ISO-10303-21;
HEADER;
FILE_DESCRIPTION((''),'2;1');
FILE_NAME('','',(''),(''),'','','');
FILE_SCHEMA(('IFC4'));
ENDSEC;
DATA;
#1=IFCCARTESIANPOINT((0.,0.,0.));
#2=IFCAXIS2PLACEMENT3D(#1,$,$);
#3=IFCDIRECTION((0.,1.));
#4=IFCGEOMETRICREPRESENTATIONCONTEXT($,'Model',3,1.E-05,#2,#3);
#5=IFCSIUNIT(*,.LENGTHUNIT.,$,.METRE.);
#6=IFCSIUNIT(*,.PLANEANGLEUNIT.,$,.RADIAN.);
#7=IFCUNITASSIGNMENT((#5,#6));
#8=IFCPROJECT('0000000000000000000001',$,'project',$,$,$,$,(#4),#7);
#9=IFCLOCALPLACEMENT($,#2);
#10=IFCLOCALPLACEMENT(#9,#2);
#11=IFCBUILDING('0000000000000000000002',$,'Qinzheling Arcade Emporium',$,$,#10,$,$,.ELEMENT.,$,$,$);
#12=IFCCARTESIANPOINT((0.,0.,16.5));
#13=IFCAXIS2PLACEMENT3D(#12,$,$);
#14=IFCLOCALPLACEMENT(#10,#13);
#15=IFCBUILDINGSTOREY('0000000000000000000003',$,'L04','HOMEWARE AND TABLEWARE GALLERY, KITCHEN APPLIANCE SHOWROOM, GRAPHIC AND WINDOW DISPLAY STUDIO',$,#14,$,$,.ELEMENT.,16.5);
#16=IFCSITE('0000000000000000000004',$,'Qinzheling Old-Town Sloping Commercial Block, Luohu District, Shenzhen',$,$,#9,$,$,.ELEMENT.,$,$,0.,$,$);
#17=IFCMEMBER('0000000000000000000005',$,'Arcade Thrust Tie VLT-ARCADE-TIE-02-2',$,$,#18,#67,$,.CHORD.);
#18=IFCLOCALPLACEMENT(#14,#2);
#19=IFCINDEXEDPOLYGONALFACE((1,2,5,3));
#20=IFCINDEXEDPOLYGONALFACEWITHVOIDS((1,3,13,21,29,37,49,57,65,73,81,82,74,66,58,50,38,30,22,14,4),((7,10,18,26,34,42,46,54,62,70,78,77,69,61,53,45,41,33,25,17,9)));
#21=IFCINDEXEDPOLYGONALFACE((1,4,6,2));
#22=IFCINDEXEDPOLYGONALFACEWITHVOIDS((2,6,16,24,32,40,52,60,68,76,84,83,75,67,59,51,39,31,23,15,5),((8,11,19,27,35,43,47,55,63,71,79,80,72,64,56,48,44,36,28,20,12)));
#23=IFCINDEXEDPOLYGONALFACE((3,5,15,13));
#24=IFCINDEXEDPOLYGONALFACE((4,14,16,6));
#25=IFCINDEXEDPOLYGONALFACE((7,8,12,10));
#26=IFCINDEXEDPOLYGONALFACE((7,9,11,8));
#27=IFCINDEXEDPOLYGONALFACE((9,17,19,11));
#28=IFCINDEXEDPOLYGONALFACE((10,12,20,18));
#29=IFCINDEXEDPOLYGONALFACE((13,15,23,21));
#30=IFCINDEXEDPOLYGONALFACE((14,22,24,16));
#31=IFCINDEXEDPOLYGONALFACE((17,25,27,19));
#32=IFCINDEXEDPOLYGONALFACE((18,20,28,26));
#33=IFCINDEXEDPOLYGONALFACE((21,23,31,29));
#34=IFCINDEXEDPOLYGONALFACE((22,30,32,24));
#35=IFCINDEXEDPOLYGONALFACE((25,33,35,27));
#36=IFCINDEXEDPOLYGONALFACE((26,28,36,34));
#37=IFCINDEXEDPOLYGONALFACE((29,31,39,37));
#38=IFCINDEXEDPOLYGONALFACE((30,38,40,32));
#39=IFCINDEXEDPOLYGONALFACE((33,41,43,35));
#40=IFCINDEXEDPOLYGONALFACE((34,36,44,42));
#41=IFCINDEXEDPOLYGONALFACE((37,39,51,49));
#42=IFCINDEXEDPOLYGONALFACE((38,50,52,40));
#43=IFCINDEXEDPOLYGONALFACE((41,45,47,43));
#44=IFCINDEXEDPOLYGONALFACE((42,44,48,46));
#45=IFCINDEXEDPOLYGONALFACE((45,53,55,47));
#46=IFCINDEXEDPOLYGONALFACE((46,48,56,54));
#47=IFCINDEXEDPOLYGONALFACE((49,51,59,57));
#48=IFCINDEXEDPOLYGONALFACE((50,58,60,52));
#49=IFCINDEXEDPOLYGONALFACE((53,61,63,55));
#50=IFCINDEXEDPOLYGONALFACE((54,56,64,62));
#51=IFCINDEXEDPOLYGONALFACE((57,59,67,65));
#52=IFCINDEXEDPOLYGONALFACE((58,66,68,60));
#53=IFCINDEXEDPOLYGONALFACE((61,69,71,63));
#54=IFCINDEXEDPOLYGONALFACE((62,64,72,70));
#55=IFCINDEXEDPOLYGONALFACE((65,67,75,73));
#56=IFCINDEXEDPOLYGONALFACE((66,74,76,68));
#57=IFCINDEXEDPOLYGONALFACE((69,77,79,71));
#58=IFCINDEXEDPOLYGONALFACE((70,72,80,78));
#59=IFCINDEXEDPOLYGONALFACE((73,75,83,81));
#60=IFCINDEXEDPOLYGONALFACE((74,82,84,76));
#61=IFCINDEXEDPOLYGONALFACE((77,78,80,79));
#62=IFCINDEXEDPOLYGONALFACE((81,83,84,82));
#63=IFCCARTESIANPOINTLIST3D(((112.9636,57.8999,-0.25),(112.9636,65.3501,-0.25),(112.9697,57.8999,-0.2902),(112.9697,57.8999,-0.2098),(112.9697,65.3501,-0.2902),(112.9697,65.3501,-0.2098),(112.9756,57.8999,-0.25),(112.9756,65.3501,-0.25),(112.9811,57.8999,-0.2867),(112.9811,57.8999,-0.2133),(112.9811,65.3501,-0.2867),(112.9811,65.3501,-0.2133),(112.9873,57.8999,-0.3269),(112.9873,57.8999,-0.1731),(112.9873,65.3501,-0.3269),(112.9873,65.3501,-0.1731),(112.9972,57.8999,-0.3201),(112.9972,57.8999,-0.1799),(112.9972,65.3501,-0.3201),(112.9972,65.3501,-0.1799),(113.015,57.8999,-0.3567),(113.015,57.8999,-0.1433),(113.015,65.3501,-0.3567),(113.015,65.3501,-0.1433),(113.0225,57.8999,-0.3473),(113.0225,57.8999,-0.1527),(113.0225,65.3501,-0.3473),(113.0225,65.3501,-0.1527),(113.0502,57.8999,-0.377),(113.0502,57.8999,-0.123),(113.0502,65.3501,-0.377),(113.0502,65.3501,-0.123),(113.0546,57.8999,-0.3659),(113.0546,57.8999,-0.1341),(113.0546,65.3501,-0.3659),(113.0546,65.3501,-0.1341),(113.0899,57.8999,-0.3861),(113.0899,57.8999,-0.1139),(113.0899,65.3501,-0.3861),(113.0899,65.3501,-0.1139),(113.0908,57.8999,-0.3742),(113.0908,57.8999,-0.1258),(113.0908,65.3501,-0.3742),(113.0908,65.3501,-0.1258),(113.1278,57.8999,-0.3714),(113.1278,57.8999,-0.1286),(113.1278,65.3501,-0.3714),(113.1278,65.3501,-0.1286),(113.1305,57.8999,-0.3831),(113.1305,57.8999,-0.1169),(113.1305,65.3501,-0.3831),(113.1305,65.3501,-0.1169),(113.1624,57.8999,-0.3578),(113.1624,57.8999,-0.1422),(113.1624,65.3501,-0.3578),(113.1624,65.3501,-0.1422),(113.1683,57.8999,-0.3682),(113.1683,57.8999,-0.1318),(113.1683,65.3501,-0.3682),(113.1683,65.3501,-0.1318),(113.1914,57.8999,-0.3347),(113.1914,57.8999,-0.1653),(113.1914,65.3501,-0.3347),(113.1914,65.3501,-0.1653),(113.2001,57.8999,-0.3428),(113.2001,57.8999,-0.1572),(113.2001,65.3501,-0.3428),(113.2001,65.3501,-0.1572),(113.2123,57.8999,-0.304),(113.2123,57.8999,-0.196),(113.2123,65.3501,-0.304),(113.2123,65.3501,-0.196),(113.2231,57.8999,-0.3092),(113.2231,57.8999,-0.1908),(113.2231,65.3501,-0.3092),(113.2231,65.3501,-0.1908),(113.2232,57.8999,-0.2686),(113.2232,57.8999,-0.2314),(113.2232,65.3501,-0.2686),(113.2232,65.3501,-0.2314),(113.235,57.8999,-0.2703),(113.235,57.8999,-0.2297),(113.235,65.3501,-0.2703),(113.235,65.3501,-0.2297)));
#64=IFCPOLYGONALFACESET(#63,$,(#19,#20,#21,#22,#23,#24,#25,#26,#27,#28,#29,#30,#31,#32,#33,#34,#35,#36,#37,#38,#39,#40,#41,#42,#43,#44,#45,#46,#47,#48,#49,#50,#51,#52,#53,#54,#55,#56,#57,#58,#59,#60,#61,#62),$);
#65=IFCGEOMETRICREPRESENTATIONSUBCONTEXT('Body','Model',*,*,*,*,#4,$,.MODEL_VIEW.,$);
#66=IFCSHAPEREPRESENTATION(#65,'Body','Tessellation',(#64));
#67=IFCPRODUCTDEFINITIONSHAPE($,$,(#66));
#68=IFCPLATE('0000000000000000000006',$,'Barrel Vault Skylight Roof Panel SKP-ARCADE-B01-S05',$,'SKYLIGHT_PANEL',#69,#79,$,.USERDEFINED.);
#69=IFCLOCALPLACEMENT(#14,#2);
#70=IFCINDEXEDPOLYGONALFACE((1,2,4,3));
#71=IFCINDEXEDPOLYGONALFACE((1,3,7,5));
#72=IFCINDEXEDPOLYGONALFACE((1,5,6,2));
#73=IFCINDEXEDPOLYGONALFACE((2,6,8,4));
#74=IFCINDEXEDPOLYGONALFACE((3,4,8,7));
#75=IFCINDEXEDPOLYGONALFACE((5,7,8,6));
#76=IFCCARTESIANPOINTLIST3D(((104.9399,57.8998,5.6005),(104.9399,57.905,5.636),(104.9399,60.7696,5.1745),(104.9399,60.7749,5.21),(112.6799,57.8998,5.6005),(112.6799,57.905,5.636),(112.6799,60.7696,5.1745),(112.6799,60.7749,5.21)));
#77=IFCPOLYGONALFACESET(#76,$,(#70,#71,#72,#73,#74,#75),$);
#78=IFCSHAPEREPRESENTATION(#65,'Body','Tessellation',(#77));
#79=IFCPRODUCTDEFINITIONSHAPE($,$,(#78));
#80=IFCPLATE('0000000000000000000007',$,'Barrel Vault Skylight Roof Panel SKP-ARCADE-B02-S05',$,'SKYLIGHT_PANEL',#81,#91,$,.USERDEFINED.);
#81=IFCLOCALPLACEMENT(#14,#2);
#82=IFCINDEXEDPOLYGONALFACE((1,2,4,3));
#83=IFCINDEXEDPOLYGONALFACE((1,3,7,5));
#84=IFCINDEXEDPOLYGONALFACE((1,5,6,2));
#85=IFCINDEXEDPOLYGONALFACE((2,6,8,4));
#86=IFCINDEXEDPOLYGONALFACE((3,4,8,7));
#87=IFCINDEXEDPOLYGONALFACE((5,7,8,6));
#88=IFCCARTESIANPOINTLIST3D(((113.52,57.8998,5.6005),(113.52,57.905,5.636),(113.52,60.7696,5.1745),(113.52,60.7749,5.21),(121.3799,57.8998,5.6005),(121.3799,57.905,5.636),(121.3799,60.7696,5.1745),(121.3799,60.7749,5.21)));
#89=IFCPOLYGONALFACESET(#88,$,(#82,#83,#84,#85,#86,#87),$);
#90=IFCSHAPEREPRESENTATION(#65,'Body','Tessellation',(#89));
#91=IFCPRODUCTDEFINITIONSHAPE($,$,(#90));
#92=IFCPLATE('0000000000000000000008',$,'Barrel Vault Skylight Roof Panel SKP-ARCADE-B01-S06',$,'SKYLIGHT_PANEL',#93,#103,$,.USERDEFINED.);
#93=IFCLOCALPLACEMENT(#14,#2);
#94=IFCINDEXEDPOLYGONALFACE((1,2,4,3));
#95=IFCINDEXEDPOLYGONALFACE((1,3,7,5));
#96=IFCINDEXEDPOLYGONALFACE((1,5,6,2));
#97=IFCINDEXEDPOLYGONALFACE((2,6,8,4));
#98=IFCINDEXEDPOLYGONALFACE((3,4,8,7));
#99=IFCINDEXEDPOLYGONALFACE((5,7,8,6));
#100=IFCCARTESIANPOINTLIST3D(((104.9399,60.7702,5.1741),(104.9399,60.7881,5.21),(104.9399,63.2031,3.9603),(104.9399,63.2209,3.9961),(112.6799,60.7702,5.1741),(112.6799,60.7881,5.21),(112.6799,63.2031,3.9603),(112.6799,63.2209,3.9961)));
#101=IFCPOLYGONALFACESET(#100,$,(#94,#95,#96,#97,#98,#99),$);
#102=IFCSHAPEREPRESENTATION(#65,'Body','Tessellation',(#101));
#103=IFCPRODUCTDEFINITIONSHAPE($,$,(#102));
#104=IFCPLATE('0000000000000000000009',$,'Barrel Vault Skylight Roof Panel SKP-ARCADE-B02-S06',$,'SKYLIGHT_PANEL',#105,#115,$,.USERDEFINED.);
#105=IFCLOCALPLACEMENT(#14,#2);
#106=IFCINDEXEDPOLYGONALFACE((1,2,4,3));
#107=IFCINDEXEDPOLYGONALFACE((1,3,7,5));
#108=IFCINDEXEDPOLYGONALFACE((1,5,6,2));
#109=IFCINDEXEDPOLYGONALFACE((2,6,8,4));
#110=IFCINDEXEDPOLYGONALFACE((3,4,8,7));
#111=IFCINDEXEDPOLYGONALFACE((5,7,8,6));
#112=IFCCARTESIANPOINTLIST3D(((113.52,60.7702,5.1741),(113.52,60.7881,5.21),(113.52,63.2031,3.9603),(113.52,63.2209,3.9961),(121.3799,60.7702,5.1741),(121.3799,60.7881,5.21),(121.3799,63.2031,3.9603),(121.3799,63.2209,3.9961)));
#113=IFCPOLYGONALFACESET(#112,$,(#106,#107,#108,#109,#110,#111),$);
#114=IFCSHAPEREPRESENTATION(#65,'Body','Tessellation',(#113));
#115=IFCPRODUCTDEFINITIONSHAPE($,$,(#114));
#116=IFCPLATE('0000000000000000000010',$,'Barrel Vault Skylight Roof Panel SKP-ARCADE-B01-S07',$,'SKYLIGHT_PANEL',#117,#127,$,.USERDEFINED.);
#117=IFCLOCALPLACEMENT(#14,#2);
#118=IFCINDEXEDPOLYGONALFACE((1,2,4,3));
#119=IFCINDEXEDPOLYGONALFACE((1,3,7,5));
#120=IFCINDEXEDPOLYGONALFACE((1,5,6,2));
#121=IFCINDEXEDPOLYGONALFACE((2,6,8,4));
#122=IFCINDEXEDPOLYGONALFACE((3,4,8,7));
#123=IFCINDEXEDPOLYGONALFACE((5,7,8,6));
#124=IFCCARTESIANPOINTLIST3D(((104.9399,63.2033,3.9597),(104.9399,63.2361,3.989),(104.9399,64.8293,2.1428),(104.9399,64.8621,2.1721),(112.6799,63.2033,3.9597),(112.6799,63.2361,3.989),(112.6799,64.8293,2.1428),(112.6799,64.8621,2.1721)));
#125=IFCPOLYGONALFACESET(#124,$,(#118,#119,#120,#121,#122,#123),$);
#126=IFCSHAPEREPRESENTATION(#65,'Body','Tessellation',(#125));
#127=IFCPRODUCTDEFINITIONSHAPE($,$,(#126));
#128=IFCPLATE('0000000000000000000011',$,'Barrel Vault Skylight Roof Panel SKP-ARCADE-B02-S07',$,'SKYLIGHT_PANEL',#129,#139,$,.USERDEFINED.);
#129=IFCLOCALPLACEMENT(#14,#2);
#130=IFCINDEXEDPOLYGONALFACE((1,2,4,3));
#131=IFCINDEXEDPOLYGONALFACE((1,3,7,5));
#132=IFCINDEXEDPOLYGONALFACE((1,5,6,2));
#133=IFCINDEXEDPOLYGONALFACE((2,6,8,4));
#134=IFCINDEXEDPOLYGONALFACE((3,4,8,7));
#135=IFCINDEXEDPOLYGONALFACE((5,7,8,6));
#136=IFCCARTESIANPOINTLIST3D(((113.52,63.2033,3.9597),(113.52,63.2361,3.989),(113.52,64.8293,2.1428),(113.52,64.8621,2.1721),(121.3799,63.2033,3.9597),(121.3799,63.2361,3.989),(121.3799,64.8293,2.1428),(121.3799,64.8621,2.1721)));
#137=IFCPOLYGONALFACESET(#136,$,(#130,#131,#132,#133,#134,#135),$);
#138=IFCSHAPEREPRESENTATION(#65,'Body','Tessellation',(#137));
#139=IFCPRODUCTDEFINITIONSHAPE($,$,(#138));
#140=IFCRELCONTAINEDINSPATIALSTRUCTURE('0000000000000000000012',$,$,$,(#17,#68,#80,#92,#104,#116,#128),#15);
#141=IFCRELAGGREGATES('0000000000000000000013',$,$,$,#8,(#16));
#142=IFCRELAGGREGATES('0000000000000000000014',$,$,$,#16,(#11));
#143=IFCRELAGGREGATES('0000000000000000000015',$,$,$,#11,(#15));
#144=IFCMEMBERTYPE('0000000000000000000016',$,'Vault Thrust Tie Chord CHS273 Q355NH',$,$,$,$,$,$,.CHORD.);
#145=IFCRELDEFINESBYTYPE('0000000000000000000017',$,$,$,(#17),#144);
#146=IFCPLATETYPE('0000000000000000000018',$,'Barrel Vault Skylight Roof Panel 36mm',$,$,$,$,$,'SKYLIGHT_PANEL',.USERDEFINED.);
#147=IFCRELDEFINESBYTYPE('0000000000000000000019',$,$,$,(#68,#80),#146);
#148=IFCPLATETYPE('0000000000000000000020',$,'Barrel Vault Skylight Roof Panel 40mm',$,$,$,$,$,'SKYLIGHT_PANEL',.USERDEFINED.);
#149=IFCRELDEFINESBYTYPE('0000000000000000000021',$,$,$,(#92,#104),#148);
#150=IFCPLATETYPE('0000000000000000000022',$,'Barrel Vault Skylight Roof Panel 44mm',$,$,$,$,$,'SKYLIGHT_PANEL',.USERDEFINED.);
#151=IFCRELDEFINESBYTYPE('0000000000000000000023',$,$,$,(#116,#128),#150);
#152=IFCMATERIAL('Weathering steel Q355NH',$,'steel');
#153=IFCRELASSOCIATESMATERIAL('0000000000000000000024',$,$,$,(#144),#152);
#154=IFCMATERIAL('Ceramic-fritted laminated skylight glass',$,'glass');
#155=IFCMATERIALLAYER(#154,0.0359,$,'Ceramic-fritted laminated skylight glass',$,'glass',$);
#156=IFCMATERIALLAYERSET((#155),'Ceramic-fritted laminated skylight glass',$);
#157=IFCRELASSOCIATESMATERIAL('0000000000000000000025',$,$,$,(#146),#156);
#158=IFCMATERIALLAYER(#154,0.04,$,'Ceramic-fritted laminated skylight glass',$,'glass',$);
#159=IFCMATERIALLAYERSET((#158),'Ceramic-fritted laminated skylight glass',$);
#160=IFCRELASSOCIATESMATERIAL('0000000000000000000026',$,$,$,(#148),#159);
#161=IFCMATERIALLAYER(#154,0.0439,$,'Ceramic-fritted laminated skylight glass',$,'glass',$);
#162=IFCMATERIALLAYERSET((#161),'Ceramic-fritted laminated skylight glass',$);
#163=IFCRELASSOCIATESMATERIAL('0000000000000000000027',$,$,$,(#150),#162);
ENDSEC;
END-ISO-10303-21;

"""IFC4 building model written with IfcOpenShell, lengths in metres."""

from ifc_helpers import new_model, si_unit, direction, frame, origin, origin_2d, place, context, subcontext, project, spatial, polyline, hollow_circle, outline, extrude, material, layer, layer_set, material_profile, profile_set, type_object, element, save


model = new_model("IFC4")

# Units and contexts
model_context = context("Model", 3, precision=1e-05, world=origin(), true_north=direction((0.0, 1.0)))
body_context = subcontext(model_context, "Body", "Model", "MODEL_VIEW")
ifc_project = project(units=[si_unit("LENGTHUNIT", "METRE"), si_unit("PLANEANGLEUNIT", "RADIAN")], contexts=[model_context])

# Site, building, storey
site_placement = place(None, origin())
site = spatial("IfcSite", under=ifc_project, at=site_placement, Name="Qinzheling Old-Town Sloping Commercial Block, Luohu District, Shenzhen", CompositionType="ELEMENT", RefElevation=0.0)
building_placement = place(site_placement, origin())
building = spatial("IfcBuilding", under=site, at=building_placement, Name="Qinzheling Arcade Emporium", CompositionType="ELEMENT")
storey_placement = place(building_placement, frame((0.0, 0.0, 16.5)))
storey = spatial("IfcBuildingStorey", under=building, at=storey_placement, Name="L04", Description="HOMEWARE AND TABLEWARE GALLERY, KITCHEN APPLIANCE SHOWROOM, GRAPHIC AND WINDOW DISPLAY STUDIO", CompositionType="ELEMENT", Elevation=16.5)

# Shared definitions
ifc_material_1 = material(Name="Weathering steel Q355NH", Category="steel")

# Member
ifc_material_profile_1 = material_profile(ifc_material_1, hollow_circle(Radius=0.1365, WallThickness=0.012, at=origin_2d()), Name="CHS 273x12", Category="steel")
ifc_profile_set_1 = profile_set([ifc_material_profile_1], Name="Weathering steel Q355NH")
member_type_1 = type_object("IfcMemberType", Name="Vault Thrust Tie Chord CHS273 Q355NH", PredefinedType="CHORD", material=ifc_profile_set_1)
member_1_placement = place(storey_placement, frame((113.1001, 57.8999, -0.25), z_axis=(0.0, 1.0, 0.0), x_axis=(-1.0, 0.0, 0.0)))
element("IfcMember", 1, at=member_1_placement, inside=storey, type_object=member_type_1, Name="Arcade Thrust Tie VLT-ARCADE-TIE-02-2", PredefinedType="CHORD", context=body_context, shape_type="SweptSolid", body=[
    extrude(hollow_circle(Radius=0.1365, WallThickness=0.012, at=origin_2d()), origin(), (0.0, 0.0, 1.0), 7.4502),
])

# Plates
ifc_material_2 = material(Name="Ceramic-fritted laminated skylight glass", Category="glass")
ifc_layer_1 = layer(ifc_material_2, 0.0359, Name="Ceramic-fritted laminated skylight glass", Category="glass")
ifc_layer_set_1 = layer_set([ifc_layer_1], Name="Ceramic-fritted laminated skylight glass")
plate_type_1 = type_object("IfcPlateType", Name="Barrel Vault Skylight Roof Panel 36mm", ElementType="SKYLIGHT_PANEL", PredefinedType="USERDEFINED", material=ifc_layer_set_1)
plate_1_placement = place(storey_placement, frame((104.9399, 57.905, 5.636), z_axis=(0.0, 0.146838, 0.98916), x_axis=(1.0, 0.0, 0.0)))
element("IfcPlate", 2, at=plate_1_placement, inside=storey, type_object=plate_type_1, Name="Barrel Vault Skylight Roof Panel SKP-ARCADE-B01-S05", ObjectType="SKYLIGHT_PANEL", PredefinedType="USERDEFINED", context=body_context, shape_type="SweptSolid", body=[
    extrude(outline(polyline([(0.0, 0.0), (7.74, 0.0), (7.74, 2.9013), (0.0, 2.9013), (0.0, 0.0)])), origin(), (0.0, 0.0, -1.0), 0.0359),
])
plate_2_placement = place(storey_placement, frame((113.52, 57.905, 5.636), z_axis=(0.0, 0.146838, 0.98916), x_axis=(1.0, 0.0, 0.0)))
element("IfcPlate", 3, at=plate_2_placement, inside=storey, type_object=plate_type_1, Name="Barrel Vault Skylight Roof Panel SKP-ARCADE-B02-S05", ObjectType="SKYLIGHT_PANEL", PredefinedType="USERDEFINED", context=body_context, shape_type="SweptSolid", body=[
    extrude(outline(polyline([(0.0, 0.0), (7.8599, 0.0), (7.8599, 2.9013), (0.0, 2.9013), (0.0, 0.0)])), origin(), (0.0, 0.0, -1.0), 0.0359),
])
ifc_layer_2 = layer(ifc_material_2, 0.04, Name="Ceramic-fritted laminated skylight glass", Category="glass")
ifc_layer_set_2 = layer_set([ifc_layer_2], Name="Ceramic-fritted laminated skylight glass")
plate_type_2 = type_object("IfcPlateType", Name="Barrel Vault Skylight Roof Panel 40mm", ElementType="SKYLIGHT_PANEL", PredefinedType="USERDEFINED", material=ifc_layer_set_2)
plate_3_placement = place(storey_placement, frame((104.9399, 60.7881, 5.21), z_axis=(0.0, 0.446459, 0.894804), x_axis=(1.0, 0.0, 0.0)))
element("IfcPlate", 4, at=plate_3_placement, inside=storey, type_object=plate_type_2, Name="Barrel Vault Skylight Roof Panel SKP-ARCADE-B01-S06", ObjectType="SKYLIGHT_PANEL", PredefinedType="USERDEFINED", context=body_context, shape_type="SweptSolid", body=[
    extrude(outline(polyline([(0.0, 0.0), (7.74, 0.0), (7.74, 2.7189), (0.0, 2.7189), (0.0, 0.0)])), origin(), (0.0, 0.0, -1.0), 0.04),
])
plate_4_placement = place(storey_placement, frame((113.52, 60.7881, 5.21), z_axis=(0.0, 0.446459, 0.894804), x_axis=(1.0, 0.0, 0.0)))
element("IfcPlate", 5, at=plate_4_placement, inside=storey, type_object=plate_type_2, Name="Barrel Vault Skylight Roof Panel SKP-ARCADE-B02-S06", ObjectType="SKYLIGHT_PANEL", PredefinedType="USERDEFINED", context=body_context, shape_type="SweptSolid", body=[
    extrude(outline(polyline([(0.0, 0.0), (7.8599, 0.0), (7.8599, 2.7189), (0.0, 2.7189), (0.0, 0.0)])), origin(), (0.0, 0.0, -1.0), 0.04),
])
ifc_layer_3 = layer(ifc_material_2, 0.0439, Name="Ceramic-fritted laminated skylight glass", Category="glass")
ifc_layer_set_3 = layer_set([ifc_layer_3], Name="Ceramic-fritted laminated skylight glass")
plate_type_3 = type_object("IfcPlateType", Name="Barrel Vault Skylight Roof Panel 44mm", ElementType="SKYLIGHT_PANEL", PredefinedType="USERDEFINED", material=ifc_layer_set_3)
plate_5_placement = place(storey_placement, frame((104.9399, 63.2361, 3.989), z_axis=(0.0, 0.745173, 0.666871), x_axis=(1.0, 0.0, 0.0)))
element("IfcPlate", 6, at=plate_5_placement, inside=storey, type_object=plate_type_3, Name="Barrel Vault Skylight Roof Panel SKP-ARCADE-B01-S07", ObjectType="SKYLIGHT_PANEL", PredefinedType="USERDEFINED", context=body_context, shape_type="SweptSolid", body=[
    extrude(outline(polyline([(0.0, 0.0), (7.74, 0.0), (7.74, 2.4382), (0.0, 2.4382), (0.0, 0.0)])), origin(), (0.0, 0.0, -1.0), 0.0439),
])
plate_6_placement = place(storey_placement, frame((113.52, 63.2361, 3.989), z_axis=(0.0, 0.745173, 0.666871), x_axis=(1.0, 0.0, 0.0)))
element("IfcPlate", 7, at=plate_6_placement, inside=storey, type_object=plate_type_3, Name="Barrel Vault Skylight Roof Panel SKP-ARCADE-B02-S07", ObjectType="SKYLIGHT_PANEL", PredefinedType="USERDEFINED", context=body_context, shape_type="SweptSolid", body=[
    extrude(outline(polyline([(0.0, 0.0), (7.8599, 0.0), (7.8599, 2.4382), (0.0, 2.4382), (0.0, 0.0)])), origin(), (0.0, 0.0, -1.0), 0.0439),
])

save(model, "model.ifc")
